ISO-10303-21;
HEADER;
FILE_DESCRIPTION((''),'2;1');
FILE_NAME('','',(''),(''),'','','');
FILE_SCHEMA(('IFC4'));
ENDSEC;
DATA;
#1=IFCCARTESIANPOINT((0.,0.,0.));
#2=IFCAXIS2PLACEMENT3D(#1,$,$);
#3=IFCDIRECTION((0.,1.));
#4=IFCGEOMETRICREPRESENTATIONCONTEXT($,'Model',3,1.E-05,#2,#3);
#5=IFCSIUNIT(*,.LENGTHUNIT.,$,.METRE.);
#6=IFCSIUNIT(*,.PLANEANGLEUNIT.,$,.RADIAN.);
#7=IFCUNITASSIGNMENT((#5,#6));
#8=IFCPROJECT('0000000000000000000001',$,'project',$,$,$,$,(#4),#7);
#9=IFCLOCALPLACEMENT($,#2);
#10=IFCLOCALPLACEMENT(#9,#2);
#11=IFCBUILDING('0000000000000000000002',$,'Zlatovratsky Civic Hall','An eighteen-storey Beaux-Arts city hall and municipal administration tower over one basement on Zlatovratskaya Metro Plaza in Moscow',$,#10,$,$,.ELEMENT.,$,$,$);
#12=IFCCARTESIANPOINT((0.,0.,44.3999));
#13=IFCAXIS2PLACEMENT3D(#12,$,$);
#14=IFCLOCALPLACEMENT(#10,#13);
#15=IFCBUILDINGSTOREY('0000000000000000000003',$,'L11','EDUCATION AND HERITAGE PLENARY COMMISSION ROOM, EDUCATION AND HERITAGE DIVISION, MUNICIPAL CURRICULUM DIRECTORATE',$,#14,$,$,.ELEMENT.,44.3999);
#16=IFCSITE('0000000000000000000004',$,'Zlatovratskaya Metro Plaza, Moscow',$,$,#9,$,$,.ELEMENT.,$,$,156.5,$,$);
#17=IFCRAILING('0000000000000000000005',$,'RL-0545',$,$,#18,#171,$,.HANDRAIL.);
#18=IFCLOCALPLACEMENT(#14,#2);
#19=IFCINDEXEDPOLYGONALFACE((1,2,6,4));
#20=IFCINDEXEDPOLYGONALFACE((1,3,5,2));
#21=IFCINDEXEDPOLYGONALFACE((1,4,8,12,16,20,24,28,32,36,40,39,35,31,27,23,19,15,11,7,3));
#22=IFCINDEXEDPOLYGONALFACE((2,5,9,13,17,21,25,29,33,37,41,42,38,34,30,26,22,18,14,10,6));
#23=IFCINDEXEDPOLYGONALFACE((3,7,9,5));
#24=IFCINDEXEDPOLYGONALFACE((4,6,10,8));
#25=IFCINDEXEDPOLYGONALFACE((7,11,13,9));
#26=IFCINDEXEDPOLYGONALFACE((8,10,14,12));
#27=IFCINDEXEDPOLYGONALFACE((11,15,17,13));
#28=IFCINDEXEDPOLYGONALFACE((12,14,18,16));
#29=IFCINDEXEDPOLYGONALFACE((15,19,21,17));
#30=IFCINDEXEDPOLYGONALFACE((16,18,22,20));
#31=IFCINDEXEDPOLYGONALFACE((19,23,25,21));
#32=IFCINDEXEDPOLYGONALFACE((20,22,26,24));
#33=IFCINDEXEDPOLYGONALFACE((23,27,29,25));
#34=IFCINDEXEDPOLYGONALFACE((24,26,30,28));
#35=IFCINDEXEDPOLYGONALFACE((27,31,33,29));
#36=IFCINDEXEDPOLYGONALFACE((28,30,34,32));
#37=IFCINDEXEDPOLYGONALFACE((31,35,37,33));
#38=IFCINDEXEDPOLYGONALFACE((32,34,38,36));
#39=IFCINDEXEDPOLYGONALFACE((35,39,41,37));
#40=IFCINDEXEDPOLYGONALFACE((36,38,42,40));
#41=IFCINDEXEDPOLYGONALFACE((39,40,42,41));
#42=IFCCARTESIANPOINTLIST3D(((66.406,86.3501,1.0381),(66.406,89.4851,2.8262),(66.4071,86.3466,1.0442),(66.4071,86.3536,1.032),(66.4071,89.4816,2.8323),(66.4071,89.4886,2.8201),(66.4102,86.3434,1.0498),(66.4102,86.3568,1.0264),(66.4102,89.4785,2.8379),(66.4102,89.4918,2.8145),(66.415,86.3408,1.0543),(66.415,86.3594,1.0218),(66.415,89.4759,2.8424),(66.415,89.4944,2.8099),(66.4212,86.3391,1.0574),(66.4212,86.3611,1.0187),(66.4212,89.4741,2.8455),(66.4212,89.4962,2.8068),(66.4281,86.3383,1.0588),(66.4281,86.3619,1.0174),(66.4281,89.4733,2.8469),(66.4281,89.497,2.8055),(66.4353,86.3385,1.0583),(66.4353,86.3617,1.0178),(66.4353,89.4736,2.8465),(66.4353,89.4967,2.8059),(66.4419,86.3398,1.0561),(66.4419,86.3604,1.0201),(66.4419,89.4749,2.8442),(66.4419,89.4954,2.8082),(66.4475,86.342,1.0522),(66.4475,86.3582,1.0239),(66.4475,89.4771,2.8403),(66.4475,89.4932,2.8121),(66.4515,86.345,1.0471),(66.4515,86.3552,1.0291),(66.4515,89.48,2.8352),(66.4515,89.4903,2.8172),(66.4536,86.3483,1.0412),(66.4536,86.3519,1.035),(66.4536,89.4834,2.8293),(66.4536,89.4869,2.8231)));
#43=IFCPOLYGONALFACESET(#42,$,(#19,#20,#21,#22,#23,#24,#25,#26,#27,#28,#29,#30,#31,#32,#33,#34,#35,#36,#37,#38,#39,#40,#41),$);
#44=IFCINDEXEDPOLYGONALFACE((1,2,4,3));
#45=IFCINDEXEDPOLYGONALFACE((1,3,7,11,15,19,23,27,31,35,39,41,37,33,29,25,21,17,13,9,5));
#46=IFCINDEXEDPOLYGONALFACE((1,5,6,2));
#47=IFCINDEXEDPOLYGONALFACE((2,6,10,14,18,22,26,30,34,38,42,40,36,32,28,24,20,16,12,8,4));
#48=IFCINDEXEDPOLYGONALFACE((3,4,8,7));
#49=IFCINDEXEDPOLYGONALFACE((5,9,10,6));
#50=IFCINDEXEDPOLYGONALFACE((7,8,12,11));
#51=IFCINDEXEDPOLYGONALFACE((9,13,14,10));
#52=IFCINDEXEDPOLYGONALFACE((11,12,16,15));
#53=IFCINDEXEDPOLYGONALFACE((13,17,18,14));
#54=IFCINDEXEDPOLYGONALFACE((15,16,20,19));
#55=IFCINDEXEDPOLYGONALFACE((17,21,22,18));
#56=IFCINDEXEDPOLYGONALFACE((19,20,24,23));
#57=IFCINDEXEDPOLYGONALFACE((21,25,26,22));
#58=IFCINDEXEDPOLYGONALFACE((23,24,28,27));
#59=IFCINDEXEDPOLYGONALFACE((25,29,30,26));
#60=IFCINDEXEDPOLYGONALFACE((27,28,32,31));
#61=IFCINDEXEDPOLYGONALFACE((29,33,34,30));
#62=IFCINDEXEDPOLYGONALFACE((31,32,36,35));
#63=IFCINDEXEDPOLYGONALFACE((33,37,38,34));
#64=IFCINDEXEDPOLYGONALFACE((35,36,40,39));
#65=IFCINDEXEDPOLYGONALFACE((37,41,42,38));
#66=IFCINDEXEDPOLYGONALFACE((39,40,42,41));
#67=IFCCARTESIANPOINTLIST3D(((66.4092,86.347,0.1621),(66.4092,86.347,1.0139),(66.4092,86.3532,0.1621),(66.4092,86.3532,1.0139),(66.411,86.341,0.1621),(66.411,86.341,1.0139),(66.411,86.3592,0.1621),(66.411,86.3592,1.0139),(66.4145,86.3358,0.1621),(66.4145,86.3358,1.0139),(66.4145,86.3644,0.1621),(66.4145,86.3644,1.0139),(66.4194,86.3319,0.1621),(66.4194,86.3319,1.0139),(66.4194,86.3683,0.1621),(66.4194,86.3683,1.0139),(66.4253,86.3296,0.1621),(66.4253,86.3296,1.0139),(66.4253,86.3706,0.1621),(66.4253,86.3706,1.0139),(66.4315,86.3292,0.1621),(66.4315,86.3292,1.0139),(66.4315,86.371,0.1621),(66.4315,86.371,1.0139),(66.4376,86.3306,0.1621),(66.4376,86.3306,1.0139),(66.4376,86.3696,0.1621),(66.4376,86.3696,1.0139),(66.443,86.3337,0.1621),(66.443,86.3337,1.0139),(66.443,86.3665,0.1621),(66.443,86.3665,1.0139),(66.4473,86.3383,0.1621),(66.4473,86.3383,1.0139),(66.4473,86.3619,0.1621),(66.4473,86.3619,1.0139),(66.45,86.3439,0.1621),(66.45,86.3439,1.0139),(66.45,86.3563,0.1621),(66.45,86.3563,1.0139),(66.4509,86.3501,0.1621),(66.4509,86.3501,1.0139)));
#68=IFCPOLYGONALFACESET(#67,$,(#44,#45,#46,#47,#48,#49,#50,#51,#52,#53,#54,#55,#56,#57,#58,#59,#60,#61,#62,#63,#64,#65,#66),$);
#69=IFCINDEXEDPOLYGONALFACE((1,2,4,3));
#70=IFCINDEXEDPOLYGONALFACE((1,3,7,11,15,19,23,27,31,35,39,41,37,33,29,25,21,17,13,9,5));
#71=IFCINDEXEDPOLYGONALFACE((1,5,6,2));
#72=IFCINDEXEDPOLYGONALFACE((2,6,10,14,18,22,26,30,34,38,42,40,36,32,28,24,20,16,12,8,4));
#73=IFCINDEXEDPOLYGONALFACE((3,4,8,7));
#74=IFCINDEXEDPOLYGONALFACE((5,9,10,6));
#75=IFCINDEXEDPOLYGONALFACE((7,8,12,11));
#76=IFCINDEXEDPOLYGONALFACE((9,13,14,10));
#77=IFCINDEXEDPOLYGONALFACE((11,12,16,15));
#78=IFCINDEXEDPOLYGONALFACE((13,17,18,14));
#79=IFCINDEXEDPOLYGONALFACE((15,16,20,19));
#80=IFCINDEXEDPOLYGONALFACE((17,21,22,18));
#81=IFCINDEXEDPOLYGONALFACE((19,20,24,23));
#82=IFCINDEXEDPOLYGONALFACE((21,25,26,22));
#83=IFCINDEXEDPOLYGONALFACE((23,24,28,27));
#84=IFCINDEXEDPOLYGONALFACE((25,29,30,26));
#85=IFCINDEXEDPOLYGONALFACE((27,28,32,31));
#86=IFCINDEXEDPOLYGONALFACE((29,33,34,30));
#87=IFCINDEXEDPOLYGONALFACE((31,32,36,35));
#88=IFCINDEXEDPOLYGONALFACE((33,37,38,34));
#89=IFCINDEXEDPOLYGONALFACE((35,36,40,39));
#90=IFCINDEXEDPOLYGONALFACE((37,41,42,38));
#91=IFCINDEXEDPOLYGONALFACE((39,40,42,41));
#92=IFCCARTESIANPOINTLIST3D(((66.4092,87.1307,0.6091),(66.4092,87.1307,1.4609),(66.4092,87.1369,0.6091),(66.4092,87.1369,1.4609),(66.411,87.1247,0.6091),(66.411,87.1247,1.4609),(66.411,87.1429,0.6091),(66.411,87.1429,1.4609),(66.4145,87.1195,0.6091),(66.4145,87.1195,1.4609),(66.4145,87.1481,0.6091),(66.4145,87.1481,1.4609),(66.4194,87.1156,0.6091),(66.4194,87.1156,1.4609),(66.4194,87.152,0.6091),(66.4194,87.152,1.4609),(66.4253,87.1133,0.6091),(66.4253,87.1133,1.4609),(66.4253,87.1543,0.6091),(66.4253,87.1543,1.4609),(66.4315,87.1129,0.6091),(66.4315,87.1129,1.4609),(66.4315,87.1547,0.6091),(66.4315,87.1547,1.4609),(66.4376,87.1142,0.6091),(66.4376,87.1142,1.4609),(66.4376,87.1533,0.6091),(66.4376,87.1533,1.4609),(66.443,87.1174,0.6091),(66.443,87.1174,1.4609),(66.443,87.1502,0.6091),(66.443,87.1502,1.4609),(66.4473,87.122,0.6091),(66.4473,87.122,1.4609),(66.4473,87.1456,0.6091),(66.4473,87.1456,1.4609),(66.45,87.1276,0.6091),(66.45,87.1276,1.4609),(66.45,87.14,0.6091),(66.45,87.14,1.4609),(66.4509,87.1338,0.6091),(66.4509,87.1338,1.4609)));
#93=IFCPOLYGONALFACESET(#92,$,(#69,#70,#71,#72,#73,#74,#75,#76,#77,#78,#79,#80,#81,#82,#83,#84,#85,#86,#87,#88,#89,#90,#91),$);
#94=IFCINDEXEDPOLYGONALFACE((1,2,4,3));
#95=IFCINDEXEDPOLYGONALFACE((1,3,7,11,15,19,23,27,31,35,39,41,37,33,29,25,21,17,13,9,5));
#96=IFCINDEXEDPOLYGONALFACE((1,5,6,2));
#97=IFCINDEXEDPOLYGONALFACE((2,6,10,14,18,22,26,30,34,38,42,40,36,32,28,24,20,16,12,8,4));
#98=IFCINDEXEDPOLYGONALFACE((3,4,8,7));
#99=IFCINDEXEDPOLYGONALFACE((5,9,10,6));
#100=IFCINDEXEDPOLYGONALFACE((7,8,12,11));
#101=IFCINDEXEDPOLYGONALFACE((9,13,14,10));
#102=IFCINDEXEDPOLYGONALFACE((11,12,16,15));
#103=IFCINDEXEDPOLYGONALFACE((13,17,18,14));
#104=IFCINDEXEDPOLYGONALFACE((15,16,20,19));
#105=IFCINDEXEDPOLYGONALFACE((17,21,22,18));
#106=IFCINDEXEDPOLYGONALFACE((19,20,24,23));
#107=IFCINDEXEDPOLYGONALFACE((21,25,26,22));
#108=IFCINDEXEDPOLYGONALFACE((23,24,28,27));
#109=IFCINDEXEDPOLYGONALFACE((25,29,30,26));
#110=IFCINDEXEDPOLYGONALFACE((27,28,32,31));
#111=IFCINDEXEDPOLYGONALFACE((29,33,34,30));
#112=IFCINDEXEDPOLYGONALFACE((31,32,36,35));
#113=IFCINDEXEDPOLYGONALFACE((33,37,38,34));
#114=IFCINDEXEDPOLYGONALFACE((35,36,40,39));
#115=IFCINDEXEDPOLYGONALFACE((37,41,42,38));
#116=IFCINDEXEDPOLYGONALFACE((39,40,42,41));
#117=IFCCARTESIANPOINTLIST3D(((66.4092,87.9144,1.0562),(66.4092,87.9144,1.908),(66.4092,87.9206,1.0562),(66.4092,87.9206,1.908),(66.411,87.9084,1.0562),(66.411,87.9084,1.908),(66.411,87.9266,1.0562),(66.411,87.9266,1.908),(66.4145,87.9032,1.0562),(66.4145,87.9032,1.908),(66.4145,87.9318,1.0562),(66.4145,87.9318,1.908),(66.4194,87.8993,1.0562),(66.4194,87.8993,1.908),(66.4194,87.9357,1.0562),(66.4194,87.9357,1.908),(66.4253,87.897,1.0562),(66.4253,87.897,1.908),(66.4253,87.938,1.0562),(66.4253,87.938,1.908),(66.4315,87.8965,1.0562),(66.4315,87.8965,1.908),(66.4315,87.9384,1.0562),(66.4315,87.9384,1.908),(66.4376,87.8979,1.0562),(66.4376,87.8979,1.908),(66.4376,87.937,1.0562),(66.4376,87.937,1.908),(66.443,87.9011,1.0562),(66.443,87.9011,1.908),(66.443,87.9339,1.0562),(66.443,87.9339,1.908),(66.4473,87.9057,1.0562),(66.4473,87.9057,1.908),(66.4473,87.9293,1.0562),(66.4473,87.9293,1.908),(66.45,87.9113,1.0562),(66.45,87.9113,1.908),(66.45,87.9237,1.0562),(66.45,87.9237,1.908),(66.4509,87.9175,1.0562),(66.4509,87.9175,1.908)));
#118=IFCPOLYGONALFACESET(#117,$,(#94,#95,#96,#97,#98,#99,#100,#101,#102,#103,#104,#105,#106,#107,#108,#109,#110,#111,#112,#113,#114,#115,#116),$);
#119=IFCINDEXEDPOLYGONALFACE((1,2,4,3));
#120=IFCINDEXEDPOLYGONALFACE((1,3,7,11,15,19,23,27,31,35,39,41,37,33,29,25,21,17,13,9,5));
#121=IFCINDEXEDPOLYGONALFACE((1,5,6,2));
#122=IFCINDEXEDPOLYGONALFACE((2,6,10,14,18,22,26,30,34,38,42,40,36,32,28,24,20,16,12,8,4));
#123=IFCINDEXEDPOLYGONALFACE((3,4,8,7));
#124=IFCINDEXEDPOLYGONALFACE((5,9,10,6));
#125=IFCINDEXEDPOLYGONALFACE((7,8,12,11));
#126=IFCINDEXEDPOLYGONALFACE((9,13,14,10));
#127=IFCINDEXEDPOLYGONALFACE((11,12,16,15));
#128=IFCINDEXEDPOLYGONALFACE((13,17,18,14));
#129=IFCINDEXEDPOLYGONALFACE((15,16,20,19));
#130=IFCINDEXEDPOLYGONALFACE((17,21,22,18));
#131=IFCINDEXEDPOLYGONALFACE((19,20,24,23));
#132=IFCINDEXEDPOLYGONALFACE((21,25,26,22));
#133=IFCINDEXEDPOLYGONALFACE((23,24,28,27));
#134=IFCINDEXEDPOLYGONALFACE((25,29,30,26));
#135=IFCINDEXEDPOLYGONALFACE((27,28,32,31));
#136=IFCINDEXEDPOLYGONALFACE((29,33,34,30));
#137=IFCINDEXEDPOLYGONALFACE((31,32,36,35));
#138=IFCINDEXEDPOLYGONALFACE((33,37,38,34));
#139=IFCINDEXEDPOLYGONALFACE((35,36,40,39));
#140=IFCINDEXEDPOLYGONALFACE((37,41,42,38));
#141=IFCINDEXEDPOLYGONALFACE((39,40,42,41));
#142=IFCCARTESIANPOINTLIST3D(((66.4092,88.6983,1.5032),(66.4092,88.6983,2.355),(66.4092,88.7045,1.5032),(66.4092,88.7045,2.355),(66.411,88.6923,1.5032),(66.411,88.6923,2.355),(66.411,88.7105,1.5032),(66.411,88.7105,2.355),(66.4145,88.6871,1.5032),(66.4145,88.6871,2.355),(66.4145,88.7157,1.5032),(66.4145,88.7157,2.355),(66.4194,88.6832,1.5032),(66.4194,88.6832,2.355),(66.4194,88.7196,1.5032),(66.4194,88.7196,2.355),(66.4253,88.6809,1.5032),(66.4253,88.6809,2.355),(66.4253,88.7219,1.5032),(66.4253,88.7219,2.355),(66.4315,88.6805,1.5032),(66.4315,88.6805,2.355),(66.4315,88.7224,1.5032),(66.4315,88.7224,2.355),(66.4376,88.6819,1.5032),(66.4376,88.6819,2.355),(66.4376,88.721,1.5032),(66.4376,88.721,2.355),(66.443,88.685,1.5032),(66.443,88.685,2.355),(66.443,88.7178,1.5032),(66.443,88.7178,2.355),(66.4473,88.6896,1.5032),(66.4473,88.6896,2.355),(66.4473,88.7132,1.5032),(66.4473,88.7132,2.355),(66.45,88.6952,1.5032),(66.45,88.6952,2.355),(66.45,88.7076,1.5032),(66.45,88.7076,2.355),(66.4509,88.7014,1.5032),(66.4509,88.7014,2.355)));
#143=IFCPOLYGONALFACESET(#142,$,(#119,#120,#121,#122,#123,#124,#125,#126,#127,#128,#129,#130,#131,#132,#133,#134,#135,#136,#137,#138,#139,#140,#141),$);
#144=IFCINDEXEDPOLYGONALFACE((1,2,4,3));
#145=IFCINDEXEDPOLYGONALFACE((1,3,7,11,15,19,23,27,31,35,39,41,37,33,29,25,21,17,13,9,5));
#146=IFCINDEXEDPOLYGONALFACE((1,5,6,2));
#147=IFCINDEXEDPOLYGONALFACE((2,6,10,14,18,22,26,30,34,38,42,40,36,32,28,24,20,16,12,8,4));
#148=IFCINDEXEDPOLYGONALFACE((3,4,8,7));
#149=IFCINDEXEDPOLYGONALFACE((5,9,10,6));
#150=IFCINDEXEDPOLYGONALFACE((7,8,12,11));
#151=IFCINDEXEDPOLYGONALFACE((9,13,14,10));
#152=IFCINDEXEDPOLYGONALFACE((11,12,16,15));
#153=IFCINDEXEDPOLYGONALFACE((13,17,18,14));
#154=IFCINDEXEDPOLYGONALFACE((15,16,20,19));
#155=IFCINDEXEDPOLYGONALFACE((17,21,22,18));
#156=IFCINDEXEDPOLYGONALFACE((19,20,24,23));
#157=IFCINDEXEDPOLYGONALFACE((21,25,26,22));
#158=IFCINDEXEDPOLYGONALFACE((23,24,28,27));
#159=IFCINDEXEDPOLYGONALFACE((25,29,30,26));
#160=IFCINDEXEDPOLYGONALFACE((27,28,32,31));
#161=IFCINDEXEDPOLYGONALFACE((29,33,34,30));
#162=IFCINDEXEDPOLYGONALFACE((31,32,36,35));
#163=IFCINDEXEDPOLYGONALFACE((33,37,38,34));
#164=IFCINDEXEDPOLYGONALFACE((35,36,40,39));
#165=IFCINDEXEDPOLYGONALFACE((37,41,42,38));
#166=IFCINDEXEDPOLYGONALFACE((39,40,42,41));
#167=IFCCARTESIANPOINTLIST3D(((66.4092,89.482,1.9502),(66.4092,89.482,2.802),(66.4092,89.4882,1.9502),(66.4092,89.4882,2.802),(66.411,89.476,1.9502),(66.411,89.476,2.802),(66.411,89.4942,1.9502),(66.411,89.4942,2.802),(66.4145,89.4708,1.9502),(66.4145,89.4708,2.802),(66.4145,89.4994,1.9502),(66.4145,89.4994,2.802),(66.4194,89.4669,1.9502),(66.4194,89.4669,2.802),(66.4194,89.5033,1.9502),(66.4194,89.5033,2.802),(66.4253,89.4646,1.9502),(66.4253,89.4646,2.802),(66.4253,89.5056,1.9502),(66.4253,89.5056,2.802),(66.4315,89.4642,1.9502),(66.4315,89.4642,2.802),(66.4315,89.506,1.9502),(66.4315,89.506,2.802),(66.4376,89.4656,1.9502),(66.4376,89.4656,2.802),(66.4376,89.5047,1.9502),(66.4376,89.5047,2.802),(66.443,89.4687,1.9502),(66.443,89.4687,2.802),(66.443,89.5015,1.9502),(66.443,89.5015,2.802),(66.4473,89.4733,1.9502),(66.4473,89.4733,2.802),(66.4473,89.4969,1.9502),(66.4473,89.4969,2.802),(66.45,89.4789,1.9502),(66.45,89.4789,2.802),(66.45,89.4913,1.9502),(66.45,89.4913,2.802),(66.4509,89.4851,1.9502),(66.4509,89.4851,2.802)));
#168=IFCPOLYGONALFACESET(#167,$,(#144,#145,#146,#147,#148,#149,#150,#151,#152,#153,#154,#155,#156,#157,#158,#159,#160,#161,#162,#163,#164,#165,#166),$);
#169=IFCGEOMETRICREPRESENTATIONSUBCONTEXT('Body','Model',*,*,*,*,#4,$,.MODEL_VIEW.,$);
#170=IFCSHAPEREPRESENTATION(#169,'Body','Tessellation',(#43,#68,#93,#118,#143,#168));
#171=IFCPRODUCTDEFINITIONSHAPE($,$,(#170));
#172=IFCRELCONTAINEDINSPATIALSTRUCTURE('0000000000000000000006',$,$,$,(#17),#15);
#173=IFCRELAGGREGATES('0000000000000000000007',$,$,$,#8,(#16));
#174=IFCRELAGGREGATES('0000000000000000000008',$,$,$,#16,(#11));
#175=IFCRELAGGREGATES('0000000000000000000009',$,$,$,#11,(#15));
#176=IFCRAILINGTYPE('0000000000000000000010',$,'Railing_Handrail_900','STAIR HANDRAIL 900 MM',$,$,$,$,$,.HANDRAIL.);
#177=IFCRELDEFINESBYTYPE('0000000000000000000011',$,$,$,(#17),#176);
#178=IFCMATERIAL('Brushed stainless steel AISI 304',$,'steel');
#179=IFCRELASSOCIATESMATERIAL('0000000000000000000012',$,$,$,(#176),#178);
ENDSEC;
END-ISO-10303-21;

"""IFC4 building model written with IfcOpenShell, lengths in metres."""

from ifc_helpers import new_model, si_unit, direction, frame, origin, origin_2d, place, context, subcontext, project, spatial, circle, extrude, material, type_object, element, save


model = new_model("IFC4")

# Units and contexts
model_context = context("Model", 3, precision=1e-05, world=origin(), true_north=direction((0.0, 1.0)))
body_context = subcontext(model_context, "Body", "Model", "MODEL_VIEW")
ifc_project = project(units=[si_unit("LENGTHUNIT", "METRE"), si_unit("PLANEANGLEUNIT", "RADIAN")], contexts=[model_context])

# Site, building, storey
site_placement = place(None, origin())
site = spatial("IfcSite", under=ifc_project, at=site_placement, Name="Zlatovratskaya Metro Plaza, Moscow", CompositionType="ELEMENT", RefElevation=156.5)
building_placement = place(site_placement, origin())
building = spatial("IfcBuilding", under=site, at=building_placement, Name="Zlatovratsky Civic Hall", Description="An eighteen-storey Beaux-Arts city hall and municipal administration tower over one basement on Zlatovratskaya Metro Plaza in Moscow", CompositionType="ELEMENT")
storey_placement = place(building_placement, frame((0.0, 0.0, 44.3999)))
storey = spatial("IfcBuildingStorey", under=building, at=storey_placement, Name="L11", Description="EDUCATION AND HERITAGE PLENARY COMMISSION ROOM, EDUCATION AND HERITAGE DIVISION, MUNICIPAL CURRICULUM DIRECTORATE", CompositionType="ELEMENT", Elevation=44.3999)

# Railing
ifc_material_1 = material(Name="Brushed stainless steel AISI 304", Category="steel")
railing_type_1 = type_object("IfcRailingType", Name="Railing_Handrail_900", Description="STAIR HANDRAIL 900 MM", PredefinedType="HANDRAIL", material=ifc_material_1)
railing_1_placement = place(storey_placement, frame((66.4299, 86.3501, 0.1621)))
element("IfcRailing", 1, at=railing_1_placement, inside=storey, type_object=railing_type_1, Name="RL-0545", PredefinedType="HANDRAIL", context=body_context, shape_type="SweptSolid", body=[
    extrude(circle(Radius=0.0239, at=origin_2d()), frame((0.0, 0.0, 0.876), z_axis=(0.0, 0.868642, 0.495439), x_axis=(-1.0, 0.0, 0.0)), (0.0, 0.0, 1.0), 3.6091),
    extrude(circle(Radius=0.021, at=origin_2d()), origin(), (0.0, 0.0, 1.0), 0.8518),
    extrude(circle(Radius=0.021, at=origin_2d()), frame((0.0, 0.7837, 0.447)), (0.0, 0.0, 1.0), 0.8518),
    extrude(circle(Radius=0.021, at=origin_2d()), frame((0.0, 1.5674, 0.894)), (0.0, 0.0, 1.0), 0.8518),
    extrude(circle(Radius=0.021, at=origin_2d()), frame((0.0, 2.3513, 1.3411)), (0.0, 0.0, 1.0), 0.8518),
    extrude(circle(Radius=0.021, at=origin_2d()), frame((0.0, 3.135, 1.7881)), (0.0, 0.0, 1.0), 0.8518),
])

save(model, "model.ifc")
